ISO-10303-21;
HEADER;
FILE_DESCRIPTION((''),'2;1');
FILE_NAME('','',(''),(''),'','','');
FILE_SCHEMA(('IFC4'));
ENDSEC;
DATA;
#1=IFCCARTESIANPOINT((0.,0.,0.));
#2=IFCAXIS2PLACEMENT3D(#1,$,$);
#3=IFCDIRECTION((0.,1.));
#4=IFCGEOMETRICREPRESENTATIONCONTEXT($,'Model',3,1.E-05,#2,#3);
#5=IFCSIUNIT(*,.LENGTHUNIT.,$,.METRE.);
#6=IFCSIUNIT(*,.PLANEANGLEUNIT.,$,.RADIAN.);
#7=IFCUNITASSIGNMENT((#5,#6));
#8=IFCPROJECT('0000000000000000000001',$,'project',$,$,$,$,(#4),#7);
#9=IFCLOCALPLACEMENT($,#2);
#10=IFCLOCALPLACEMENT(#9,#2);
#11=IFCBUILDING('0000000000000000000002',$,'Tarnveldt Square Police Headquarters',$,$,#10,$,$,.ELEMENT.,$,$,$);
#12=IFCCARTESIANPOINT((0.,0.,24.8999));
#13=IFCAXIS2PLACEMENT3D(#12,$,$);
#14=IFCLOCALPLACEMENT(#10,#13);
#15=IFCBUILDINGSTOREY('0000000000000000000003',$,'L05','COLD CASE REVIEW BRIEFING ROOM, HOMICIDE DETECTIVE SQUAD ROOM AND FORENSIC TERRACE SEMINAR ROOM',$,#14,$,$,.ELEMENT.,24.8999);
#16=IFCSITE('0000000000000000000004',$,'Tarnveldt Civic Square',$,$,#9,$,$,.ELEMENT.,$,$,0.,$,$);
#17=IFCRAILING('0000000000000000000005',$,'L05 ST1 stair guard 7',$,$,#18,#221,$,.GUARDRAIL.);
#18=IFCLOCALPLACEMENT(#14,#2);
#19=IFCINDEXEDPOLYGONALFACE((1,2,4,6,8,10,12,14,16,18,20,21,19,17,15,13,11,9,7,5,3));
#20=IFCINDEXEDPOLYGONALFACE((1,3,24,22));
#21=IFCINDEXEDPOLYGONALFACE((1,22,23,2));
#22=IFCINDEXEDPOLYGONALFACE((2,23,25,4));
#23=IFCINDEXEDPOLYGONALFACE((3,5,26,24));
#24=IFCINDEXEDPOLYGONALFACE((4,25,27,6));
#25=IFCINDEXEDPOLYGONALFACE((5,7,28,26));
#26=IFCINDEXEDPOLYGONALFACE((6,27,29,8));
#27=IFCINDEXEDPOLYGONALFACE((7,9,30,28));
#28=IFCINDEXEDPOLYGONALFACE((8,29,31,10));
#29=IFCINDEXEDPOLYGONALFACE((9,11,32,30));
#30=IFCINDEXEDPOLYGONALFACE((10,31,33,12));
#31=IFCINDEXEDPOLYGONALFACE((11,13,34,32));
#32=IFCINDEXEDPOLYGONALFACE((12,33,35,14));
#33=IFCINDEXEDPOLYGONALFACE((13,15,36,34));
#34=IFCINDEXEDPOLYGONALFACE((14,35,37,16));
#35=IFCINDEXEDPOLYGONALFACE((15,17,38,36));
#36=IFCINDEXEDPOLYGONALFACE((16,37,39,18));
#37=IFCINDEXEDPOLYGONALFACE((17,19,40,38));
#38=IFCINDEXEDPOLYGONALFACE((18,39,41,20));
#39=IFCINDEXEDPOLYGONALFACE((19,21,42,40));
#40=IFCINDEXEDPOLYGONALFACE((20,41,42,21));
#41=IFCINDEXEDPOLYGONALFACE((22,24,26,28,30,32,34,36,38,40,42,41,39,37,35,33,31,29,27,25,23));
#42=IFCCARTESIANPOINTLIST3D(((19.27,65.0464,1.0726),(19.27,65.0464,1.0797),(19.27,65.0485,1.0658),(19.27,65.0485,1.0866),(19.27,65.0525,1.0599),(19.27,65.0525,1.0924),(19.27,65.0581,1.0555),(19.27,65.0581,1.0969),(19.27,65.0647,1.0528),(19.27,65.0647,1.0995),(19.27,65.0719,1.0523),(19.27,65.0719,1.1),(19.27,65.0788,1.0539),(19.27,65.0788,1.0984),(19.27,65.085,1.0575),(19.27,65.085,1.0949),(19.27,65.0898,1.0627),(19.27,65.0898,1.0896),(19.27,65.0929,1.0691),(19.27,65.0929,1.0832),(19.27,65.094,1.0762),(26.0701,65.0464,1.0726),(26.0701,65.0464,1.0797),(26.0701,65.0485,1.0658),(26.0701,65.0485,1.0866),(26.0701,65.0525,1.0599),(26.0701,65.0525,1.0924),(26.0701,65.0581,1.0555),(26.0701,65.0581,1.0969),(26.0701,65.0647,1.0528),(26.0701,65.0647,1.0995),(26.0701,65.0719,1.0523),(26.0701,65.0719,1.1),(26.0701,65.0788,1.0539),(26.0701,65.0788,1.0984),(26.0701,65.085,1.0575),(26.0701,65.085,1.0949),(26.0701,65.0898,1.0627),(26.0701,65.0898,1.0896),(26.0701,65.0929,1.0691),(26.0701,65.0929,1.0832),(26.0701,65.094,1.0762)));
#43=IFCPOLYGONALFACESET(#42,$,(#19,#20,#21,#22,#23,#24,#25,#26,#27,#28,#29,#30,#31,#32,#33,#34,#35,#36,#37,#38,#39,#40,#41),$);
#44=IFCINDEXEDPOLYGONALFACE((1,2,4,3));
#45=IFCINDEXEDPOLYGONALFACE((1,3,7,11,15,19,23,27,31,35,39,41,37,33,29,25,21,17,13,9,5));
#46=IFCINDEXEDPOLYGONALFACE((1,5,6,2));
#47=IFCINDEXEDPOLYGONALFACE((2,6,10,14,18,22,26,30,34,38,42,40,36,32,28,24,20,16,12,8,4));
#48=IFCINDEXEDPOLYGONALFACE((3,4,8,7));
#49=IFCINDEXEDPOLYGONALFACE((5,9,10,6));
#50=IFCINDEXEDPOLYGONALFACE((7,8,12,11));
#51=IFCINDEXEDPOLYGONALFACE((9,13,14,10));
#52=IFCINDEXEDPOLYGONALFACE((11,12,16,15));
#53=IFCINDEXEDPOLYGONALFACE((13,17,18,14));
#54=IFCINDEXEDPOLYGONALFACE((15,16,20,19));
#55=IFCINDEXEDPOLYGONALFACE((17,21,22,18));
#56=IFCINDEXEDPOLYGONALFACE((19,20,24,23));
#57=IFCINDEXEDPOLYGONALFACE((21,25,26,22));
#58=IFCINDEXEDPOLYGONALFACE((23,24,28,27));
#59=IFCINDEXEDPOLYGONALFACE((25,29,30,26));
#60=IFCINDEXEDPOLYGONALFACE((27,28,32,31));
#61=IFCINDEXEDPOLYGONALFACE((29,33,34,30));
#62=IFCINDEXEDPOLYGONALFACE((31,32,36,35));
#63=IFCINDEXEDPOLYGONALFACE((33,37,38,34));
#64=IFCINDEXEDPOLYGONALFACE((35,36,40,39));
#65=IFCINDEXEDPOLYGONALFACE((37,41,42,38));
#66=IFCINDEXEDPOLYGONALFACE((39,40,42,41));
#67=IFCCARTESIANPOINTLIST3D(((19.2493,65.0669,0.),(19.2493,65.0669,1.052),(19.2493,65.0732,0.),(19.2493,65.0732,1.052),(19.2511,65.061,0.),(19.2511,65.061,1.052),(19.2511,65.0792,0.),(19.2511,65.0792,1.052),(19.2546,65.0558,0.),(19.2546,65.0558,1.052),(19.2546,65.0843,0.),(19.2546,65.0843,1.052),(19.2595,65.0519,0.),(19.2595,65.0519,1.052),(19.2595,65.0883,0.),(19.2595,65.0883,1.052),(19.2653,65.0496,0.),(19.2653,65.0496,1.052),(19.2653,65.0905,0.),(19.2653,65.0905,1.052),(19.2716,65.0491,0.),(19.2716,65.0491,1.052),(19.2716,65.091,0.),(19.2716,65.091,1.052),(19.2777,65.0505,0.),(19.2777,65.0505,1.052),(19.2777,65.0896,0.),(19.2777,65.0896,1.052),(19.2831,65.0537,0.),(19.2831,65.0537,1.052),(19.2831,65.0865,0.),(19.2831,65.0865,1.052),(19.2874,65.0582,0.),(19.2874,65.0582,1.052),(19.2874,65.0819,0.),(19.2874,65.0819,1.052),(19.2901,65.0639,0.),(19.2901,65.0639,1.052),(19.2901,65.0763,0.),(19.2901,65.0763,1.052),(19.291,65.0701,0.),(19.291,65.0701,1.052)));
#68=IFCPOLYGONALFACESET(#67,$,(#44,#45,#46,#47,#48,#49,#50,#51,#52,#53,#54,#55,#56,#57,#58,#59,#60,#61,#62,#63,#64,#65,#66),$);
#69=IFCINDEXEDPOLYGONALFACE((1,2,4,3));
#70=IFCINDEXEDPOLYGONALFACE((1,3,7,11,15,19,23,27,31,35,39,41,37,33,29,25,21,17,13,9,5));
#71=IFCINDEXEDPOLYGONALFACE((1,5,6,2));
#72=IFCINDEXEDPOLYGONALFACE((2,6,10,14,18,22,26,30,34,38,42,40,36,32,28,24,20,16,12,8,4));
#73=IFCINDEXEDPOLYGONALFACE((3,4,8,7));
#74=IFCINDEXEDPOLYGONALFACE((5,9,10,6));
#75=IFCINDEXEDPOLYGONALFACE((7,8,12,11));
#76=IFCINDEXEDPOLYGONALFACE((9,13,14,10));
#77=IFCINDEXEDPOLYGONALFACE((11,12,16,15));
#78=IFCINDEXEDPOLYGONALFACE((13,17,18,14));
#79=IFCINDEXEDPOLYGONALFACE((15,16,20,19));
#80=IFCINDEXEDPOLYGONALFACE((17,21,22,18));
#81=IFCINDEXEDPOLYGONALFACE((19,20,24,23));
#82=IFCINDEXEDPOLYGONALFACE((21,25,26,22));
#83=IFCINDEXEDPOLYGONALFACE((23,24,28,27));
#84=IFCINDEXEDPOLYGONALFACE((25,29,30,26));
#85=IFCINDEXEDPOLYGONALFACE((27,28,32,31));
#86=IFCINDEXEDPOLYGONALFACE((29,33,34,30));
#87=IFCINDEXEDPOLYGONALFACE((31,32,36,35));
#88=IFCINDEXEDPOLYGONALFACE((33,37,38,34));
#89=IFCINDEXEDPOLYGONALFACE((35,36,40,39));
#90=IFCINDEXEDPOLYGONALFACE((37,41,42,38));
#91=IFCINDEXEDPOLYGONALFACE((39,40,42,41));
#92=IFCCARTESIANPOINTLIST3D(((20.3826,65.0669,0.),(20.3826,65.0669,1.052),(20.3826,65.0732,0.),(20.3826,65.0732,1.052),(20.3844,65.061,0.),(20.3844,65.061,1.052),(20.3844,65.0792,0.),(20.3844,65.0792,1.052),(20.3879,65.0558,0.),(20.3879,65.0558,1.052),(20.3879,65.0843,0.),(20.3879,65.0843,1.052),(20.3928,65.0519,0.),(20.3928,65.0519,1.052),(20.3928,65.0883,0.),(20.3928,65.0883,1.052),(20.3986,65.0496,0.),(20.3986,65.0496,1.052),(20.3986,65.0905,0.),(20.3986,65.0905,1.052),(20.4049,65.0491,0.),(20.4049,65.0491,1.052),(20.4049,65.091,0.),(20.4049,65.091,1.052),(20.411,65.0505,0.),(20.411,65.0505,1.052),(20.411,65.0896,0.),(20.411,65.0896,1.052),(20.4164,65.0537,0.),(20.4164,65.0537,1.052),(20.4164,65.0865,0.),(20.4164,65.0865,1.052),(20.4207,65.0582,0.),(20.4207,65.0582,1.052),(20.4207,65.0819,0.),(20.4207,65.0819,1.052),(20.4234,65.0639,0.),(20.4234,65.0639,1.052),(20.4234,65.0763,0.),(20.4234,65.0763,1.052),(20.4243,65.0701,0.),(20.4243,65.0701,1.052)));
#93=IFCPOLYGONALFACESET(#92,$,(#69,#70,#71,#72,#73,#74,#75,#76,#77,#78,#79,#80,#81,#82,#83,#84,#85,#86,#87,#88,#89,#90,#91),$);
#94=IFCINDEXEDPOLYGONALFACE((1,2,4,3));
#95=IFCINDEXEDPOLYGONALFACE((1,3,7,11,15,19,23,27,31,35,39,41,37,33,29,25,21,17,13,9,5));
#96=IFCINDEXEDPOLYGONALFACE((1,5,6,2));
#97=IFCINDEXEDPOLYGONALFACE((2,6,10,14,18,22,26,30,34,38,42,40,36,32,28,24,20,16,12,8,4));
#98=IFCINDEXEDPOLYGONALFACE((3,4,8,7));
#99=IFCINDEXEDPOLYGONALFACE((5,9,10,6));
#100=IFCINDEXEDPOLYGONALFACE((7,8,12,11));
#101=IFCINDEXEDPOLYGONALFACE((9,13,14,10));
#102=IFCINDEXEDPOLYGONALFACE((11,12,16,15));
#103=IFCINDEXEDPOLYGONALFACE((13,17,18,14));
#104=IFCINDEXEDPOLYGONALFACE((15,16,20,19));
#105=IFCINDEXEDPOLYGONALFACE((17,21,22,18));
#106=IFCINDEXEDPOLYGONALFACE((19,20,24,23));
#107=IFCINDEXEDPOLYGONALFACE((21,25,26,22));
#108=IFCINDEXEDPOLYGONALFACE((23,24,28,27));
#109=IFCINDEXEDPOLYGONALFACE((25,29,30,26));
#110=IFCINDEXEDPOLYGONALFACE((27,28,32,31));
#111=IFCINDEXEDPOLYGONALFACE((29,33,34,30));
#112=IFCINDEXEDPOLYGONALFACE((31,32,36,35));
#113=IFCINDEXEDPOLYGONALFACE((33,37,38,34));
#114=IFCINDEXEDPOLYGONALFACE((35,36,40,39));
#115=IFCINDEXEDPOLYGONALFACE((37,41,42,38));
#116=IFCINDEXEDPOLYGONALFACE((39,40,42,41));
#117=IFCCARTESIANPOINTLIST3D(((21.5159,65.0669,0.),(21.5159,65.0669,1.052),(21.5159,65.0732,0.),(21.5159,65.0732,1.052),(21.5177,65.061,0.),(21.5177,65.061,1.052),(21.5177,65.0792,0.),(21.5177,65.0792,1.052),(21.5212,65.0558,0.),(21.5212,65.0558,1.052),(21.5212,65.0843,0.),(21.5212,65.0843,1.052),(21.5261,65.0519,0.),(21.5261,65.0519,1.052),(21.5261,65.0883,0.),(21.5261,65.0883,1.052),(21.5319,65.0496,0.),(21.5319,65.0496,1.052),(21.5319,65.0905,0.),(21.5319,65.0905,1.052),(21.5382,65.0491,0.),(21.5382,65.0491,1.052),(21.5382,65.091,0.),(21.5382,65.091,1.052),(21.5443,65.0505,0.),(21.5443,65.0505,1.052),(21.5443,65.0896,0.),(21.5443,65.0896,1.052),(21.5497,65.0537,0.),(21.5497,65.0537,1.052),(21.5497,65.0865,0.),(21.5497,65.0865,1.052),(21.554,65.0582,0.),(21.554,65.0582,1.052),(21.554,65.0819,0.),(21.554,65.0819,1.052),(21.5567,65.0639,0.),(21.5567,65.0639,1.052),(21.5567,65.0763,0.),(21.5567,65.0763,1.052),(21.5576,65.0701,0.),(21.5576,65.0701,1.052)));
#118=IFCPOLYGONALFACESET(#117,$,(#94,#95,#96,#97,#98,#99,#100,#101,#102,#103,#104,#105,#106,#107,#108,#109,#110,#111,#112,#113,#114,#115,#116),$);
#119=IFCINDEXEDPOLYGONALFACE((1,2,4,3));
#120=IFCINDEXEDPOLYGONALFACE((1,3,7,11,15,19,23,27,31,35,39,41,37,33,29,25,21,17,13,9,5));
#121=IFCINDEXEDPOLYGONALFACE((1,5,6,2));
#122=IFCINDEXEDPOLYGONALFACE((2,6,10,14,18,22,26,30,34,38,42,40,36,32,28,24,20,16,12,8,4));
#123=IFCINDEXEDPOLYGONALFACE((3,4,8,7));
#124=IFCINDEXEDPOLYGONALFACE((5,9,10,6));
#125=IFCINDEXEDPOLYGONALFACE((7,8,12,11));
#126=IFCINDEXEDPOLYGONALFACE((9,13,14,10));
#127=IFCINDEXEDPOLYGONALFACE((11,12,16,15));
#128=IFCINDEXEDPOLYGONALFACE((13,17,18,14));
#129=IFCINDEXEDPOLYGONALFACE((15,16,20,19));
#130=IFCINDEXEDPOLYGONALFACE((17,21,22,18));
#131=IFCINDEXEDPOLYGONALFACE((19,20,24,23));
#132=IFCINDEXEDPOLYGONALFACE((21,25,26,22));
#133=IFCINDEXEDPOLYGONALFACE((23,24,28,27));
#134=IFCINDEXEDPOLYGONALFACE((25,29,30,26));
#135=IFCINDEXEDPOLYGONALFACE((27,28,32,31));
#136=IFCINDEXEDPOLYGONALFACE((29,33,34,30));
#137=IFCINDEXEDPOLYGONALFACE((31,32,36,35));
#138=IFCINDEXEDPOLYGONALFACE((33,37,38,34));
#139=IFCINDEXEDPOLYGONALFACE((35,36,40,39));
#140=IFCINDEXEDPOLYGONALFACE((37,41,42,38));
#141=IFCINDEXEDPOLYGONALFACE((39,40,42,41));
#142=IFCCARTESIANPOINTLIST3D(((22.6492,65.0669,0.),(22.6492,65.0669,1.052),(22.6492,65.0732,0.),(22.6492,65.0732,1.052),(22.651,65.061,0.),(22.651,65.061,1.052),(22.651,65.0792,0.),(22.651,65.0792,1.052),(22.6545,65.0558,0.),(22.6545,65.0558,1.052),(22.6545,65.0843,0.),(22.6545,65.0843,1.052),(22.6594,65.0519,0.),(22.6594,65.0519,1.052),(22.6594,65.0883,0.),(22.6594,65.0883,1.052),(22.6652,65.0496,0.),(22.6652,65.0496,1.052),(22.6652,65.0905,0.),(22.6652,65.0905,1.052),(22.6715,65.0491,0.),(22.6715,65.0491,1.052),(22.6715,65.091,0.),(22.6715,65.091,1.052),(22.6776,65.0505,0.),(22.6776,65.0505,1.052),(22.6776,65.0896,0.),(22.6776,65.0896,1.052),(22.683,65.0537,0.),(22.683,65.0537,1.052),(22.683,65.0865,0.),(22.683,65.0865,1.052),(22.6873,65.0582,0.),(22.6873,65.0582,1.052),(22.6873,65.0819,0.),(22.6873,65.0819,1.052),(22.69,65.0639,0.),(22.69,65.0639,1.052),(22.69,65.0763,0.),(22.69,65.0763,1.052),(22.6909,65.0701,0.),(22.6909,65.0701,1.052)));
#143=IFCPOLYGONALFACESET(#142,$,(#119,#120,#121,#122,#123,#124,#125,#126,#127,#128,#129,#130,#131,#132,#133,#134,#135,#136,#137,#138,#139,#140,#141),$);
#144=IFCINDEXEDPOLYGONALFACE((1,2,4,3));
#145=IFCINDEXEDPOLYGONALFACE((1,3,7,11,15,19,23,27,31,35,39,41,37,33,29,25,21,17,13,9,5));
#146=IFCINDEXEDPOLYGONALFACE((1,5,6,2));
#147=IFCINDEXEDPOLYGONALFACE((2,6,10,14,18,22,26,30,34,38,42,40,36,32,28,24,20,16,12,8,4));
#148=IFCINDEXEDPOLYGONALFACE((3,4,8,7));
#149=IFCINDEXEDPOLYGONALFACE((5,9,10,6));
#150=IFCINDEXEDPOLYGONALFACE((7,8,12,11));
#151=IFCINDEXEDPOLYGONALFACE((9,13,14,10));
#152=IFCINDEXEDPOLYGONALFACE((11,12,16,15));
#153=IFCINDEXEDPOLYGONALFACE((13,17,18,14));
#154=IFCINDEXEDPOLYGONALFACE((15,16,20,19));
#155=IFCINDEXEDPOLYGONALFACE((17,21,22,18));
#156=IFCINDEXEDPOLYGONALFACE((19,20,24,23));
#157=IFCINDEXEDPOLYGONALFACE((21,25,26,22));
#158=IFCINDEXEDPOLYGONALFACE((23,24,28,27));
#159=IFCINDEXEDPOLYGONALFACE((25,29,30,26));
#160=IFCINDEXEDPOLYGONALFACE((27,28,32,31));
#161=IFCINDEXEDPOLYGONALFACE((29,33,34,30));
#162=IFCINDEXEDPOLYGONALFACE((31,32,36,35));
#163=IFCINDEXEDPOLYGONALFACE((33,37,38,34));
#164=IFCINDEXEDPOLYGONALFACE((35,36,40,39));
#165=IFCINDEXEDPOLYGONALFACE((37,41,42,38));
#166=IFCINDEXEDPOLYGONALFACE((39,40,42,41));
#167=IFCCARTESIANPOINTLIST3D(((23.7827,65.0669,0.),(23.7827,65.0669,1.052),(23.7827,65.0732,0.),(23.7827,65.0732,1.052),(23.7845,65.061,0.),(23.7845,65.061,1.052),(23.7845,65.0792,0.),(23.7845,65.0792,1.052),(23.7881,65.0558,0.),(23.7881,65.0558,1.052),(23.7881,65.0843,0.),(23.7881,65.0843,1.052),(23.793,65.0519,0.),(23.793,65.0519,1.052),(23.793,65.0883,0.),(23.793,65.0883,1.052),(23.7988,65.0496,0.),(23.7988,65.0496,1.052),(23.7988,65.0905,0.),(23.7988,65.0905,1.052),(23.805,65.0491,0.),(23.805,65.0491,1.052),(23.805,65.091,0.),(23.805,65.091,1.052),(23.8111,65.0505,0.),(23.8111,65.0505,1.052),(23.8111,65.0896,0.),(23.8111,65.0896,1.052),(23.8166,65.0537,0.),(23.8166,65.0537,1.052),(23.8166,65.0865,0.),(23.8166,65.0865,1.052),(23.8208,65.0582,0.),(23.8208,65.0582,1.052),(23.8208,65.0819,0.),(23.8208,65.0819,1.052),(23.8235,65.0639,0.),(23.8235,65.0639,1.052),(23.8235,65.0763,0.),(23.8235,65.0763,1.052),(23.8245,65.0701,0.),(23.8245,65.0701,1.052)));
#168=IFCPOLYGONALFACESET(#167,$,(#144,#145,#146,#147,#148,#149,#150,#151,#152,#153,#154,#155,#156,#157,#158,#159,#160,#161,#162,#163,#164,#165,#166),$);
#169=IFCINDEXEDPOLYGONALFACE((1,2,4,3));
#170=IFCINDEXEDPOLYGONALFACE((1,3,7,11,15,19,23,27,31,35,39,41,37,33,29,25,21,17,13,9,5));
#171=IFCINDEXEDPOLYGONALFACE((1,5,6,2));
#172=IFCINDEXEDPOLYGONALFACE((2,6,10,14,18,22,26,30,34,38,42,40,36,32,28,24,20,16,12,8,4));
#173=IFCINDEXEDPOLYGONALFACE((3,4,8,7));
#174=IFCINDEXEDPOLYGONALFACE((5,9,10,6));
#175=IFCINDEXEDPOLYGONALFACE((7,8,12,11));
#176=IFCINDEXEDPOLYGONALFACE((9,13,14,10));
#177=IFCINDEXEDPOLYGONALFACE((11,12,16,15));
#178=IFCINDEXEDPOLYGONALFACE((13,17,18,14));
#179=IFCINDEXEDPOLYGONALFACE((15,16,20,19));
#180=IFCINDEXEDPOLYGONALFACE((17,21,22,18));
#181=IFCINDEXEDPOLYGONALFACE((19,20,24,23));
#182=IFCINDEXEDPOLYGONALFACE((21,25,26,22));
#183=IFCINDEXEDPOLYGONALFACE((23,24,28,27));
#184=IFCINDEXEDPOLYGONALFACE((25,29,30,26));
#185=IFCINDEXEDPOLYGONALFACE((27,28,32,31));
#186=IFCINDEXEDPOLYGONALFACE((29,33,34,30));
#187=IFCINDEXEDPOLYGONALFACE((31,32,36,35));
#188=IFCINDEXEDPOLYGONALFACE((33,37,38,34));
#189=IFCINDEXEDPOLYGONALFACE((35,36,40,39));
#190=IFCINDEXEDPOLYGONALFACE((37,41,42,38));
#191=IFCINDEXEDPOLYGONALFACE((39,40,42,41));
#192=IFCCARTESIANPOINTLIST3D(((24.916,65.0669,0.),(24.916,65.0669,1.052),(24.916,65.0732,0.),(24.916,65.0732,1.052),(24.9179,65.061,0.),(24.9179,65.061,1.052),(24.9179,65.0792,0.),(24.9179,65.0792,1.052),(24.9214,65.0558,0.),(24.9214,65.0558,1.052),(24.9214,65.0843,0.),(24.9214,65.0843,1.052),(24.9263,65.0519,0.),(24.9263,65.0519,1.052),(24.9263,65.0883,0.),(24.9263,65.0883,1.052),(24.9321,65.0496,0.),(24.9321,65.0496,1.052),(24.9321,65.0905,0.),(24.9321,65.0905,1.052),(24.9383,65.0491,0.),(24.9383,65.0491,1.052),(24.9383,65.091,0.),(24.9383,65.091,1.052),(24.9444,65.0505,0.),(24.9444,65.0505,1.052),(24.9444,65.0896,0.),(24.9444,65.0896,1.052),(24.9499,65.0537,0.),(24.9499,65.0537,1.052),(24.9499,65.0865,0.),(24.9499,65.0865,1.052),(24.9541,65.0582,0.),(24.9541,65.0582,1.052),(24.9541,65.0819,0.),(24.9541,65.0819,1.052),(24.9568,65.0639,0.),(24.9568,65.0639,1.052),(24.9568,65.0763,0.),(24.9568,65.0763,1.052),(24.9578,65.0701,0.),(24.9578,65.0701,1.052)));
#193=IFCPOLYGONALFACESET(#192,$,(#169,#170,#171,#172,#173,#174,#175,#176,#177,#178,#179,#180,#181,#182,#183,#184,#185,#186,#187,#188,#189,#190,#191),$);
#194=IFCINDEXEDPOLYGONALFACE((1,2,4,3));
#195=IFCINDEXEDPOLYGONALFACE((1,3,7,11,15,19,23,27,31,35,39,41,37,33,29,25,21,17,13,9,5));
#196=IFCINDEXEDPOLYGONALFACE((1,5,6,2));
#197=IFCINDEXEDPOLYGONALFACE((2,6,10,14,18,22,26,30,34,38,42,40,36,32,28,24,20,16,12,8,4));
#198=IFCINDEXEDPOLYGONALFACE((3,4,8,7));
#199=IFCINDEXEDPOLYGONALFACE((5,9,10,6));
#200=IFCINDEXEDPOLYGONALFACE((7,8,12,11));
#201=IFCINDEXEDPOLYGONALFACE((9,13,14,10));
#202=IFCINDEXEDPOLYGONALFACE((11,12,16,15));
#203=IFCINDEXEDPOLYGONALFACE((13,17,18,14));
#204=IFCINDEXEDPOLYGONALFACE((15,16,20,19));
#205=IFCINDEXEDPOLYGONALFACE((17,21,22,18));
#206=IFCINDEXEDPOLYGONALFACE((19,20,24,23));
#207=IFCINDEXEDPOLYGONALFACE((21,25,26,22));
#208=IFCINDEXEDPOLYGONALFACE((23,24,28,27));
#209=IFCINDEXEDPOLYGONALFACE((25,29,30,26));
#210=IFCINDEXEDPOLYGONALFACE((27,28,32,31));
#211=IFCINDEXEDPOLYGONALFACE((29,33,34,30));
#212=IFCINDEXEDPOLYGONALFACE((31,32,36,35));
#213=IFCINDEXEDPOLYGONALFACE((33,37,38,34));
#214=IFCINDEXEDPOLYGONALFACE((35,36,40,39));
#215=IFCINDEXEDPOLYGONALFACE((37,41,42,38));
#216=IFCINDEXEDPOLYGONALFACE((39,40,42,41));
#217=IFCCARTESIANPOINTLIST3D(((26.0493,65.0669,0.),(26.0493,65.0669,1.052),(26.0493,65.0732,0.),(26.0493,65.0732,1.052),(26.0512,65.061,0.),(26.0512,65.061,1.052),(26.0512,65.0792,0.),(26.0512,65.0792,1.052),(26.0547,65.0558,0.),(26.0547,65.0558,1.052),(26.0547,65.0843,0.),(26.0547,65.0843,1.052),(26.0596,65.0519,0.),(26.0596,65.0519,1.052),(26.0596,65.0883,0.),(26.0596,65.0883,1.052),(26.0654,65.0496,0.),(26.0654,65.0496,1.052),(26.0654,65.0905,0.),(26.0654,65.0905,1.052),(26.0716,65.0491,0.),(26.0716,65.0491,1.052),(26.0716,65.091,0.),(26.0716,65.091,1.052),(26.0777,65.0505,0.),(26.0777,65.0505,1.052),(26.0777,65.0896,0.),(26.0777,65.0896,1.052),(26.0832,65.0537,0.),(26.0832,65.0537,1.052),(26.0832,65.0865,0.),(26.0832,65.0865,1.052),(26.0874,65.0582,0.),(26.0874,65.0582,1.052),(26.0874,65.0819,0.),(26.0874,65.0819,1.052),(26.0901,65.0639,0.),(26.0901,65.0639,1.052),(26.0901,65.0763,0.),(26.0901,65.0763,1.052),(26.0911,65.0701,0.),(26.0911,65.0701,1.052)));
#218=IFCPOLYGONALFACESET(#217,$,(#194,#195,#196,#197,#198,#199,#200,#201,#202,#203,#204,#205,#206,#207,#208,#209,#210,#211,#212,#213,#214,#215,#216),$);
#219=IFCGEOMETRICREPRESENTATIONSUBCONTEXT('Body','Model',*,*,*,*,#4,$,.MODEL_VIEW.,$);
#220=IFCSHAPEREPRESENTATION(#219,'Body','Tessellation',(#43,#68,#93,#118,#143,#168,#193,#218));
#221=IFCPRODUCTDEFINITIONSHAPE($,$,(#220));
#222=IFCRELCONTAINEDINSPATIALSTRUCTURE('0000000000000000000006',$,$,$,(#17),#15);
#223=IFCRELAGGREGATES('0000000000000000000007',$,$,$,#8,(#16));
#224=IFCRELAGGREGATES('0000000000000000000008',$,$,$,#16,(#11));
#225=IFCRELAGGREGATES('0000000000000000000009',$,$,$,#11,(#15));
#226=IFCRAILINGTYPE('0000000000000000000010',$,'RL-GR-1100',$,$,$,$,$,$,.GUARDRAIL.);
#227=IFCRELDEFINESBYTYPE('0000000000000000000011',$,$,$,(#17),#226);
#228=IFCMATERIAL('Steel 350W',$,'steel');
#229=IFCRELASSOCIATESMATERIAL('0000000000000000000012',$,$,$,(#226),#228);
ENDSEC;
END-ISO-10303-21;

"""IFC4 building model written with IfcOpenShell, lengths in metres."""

from ifc_helpers import new_model, si_unit, direction, frame, origin, origin_2d, place, context, subcontext, project, spatial, circle, extrude, material, type_object, element, save


model = new_model("IFC4")

# Units and contexts
model_context = context("Model", 3, precision=1e-05, world=origin(), true_north=direction((0.0, 1.0)))
body_context = subcontext(model_context, "Body", "Model", "MODEL_VIEW")
ifc_project = project(units=[si_unit("LENGTHUNIT", "METRE"), si_unit("PLANEANGLEUNIT", "RADIAN")], contexts=[model_context])

# Site, building, storey
site_placement = place(None, origin())
site = spatial("IfcSite", under=ifc_project, at=site_placement, Name="Tarnveldt Civic Square", CompositionType="ELEMENT", RefElevation=0.0)
building_placement = place(site_placement, origin())
building = spatial("IfcBuilding", under=site, at=building_placement, Name="Tarnveldt Square Police Headquarters", CompositionType="ELEMENT")
storey_placement = place(building_placement, frame((0.0, 0.0, 24.8999)))
storey = spatial("IfcBuildingStorey", under=building, at=storey_placement, Name="L05", Description="COLD CASE REVIEW BRIEFING ROOM, HOMICIDE DETECTIVE SQUAD ROOM AND FORENSIC TERRACE SEMINAR ROOM", CompositionType="ELEMENT", Elevation=24.8999)

# Shared definitions
ifc_material_1 = material(Name="Steel 350W", Category="steel")

# Railing
railing_type_1 = type_object("IfcRailingType", Name="RL-GR-1100", PredefinedType="GUARDRAIL", material=ifc_material_1)
railing_1_placement = place(storey_placement, frame((19.27, 65.0701, 0.0)))
element("IfcRailing", 1, at=railing_1_placement, inside=storey, type_object=railing_type_1, Name="L05 ST1 stair guard 7", PredefinedType="GUARDRAIL", context=body_context, shape_type="SweptSolid", body=[
    extrude(circle(Radius=0.0239, at=origin_2d()), frame((0.0, 0.0, 1.0762), z_axis=(1.0, 0.0, 0.0), x_axis=(0.0, 1.0, 0.0)), (0.0, 0.0, 1.0), 6.8),
    extrude(circle(Radius=0.021, at=origin_2d()), origin(), (0.0, 0.0, 1.0), 1.052),
    extrude(circle(Radius=0.021, at=origin_2d()), frame((1.1333, 0.0, 0.0)), (0.0, 0.0, 1.0), 1.052),
    extrude(circle(Radius=0.021, at=origin_2d()), frame((2.2666, 0.0, 0.0)), (0.0, 0.0, 1.0), 1.052),
    extrude(circle(Radius=0.021, at=origin_2d()), frame((3.3999, 0.0, 0.0)), (0.0, 0.0, 1.0), 1.052),
    extrude(circle(Radius=0.021, at=origin_2d()), frame((4.5334, 0.0, 0.0)), (0.0, 0.0, 1.0), 1.052),
    extrude(circle(Radius=0.021, at=origin_2d()), frame((5.6667, 0.0, 0.0)), (0.0, 0.0, 1.0), 1.052),
    extrude(circle(Radius=0.021, at=origin_2d()), frame((6.8, 0.0, 0.0)), (0.0, 0.0, 1.0), 1.052),
])

save(model, "model.ifc")
